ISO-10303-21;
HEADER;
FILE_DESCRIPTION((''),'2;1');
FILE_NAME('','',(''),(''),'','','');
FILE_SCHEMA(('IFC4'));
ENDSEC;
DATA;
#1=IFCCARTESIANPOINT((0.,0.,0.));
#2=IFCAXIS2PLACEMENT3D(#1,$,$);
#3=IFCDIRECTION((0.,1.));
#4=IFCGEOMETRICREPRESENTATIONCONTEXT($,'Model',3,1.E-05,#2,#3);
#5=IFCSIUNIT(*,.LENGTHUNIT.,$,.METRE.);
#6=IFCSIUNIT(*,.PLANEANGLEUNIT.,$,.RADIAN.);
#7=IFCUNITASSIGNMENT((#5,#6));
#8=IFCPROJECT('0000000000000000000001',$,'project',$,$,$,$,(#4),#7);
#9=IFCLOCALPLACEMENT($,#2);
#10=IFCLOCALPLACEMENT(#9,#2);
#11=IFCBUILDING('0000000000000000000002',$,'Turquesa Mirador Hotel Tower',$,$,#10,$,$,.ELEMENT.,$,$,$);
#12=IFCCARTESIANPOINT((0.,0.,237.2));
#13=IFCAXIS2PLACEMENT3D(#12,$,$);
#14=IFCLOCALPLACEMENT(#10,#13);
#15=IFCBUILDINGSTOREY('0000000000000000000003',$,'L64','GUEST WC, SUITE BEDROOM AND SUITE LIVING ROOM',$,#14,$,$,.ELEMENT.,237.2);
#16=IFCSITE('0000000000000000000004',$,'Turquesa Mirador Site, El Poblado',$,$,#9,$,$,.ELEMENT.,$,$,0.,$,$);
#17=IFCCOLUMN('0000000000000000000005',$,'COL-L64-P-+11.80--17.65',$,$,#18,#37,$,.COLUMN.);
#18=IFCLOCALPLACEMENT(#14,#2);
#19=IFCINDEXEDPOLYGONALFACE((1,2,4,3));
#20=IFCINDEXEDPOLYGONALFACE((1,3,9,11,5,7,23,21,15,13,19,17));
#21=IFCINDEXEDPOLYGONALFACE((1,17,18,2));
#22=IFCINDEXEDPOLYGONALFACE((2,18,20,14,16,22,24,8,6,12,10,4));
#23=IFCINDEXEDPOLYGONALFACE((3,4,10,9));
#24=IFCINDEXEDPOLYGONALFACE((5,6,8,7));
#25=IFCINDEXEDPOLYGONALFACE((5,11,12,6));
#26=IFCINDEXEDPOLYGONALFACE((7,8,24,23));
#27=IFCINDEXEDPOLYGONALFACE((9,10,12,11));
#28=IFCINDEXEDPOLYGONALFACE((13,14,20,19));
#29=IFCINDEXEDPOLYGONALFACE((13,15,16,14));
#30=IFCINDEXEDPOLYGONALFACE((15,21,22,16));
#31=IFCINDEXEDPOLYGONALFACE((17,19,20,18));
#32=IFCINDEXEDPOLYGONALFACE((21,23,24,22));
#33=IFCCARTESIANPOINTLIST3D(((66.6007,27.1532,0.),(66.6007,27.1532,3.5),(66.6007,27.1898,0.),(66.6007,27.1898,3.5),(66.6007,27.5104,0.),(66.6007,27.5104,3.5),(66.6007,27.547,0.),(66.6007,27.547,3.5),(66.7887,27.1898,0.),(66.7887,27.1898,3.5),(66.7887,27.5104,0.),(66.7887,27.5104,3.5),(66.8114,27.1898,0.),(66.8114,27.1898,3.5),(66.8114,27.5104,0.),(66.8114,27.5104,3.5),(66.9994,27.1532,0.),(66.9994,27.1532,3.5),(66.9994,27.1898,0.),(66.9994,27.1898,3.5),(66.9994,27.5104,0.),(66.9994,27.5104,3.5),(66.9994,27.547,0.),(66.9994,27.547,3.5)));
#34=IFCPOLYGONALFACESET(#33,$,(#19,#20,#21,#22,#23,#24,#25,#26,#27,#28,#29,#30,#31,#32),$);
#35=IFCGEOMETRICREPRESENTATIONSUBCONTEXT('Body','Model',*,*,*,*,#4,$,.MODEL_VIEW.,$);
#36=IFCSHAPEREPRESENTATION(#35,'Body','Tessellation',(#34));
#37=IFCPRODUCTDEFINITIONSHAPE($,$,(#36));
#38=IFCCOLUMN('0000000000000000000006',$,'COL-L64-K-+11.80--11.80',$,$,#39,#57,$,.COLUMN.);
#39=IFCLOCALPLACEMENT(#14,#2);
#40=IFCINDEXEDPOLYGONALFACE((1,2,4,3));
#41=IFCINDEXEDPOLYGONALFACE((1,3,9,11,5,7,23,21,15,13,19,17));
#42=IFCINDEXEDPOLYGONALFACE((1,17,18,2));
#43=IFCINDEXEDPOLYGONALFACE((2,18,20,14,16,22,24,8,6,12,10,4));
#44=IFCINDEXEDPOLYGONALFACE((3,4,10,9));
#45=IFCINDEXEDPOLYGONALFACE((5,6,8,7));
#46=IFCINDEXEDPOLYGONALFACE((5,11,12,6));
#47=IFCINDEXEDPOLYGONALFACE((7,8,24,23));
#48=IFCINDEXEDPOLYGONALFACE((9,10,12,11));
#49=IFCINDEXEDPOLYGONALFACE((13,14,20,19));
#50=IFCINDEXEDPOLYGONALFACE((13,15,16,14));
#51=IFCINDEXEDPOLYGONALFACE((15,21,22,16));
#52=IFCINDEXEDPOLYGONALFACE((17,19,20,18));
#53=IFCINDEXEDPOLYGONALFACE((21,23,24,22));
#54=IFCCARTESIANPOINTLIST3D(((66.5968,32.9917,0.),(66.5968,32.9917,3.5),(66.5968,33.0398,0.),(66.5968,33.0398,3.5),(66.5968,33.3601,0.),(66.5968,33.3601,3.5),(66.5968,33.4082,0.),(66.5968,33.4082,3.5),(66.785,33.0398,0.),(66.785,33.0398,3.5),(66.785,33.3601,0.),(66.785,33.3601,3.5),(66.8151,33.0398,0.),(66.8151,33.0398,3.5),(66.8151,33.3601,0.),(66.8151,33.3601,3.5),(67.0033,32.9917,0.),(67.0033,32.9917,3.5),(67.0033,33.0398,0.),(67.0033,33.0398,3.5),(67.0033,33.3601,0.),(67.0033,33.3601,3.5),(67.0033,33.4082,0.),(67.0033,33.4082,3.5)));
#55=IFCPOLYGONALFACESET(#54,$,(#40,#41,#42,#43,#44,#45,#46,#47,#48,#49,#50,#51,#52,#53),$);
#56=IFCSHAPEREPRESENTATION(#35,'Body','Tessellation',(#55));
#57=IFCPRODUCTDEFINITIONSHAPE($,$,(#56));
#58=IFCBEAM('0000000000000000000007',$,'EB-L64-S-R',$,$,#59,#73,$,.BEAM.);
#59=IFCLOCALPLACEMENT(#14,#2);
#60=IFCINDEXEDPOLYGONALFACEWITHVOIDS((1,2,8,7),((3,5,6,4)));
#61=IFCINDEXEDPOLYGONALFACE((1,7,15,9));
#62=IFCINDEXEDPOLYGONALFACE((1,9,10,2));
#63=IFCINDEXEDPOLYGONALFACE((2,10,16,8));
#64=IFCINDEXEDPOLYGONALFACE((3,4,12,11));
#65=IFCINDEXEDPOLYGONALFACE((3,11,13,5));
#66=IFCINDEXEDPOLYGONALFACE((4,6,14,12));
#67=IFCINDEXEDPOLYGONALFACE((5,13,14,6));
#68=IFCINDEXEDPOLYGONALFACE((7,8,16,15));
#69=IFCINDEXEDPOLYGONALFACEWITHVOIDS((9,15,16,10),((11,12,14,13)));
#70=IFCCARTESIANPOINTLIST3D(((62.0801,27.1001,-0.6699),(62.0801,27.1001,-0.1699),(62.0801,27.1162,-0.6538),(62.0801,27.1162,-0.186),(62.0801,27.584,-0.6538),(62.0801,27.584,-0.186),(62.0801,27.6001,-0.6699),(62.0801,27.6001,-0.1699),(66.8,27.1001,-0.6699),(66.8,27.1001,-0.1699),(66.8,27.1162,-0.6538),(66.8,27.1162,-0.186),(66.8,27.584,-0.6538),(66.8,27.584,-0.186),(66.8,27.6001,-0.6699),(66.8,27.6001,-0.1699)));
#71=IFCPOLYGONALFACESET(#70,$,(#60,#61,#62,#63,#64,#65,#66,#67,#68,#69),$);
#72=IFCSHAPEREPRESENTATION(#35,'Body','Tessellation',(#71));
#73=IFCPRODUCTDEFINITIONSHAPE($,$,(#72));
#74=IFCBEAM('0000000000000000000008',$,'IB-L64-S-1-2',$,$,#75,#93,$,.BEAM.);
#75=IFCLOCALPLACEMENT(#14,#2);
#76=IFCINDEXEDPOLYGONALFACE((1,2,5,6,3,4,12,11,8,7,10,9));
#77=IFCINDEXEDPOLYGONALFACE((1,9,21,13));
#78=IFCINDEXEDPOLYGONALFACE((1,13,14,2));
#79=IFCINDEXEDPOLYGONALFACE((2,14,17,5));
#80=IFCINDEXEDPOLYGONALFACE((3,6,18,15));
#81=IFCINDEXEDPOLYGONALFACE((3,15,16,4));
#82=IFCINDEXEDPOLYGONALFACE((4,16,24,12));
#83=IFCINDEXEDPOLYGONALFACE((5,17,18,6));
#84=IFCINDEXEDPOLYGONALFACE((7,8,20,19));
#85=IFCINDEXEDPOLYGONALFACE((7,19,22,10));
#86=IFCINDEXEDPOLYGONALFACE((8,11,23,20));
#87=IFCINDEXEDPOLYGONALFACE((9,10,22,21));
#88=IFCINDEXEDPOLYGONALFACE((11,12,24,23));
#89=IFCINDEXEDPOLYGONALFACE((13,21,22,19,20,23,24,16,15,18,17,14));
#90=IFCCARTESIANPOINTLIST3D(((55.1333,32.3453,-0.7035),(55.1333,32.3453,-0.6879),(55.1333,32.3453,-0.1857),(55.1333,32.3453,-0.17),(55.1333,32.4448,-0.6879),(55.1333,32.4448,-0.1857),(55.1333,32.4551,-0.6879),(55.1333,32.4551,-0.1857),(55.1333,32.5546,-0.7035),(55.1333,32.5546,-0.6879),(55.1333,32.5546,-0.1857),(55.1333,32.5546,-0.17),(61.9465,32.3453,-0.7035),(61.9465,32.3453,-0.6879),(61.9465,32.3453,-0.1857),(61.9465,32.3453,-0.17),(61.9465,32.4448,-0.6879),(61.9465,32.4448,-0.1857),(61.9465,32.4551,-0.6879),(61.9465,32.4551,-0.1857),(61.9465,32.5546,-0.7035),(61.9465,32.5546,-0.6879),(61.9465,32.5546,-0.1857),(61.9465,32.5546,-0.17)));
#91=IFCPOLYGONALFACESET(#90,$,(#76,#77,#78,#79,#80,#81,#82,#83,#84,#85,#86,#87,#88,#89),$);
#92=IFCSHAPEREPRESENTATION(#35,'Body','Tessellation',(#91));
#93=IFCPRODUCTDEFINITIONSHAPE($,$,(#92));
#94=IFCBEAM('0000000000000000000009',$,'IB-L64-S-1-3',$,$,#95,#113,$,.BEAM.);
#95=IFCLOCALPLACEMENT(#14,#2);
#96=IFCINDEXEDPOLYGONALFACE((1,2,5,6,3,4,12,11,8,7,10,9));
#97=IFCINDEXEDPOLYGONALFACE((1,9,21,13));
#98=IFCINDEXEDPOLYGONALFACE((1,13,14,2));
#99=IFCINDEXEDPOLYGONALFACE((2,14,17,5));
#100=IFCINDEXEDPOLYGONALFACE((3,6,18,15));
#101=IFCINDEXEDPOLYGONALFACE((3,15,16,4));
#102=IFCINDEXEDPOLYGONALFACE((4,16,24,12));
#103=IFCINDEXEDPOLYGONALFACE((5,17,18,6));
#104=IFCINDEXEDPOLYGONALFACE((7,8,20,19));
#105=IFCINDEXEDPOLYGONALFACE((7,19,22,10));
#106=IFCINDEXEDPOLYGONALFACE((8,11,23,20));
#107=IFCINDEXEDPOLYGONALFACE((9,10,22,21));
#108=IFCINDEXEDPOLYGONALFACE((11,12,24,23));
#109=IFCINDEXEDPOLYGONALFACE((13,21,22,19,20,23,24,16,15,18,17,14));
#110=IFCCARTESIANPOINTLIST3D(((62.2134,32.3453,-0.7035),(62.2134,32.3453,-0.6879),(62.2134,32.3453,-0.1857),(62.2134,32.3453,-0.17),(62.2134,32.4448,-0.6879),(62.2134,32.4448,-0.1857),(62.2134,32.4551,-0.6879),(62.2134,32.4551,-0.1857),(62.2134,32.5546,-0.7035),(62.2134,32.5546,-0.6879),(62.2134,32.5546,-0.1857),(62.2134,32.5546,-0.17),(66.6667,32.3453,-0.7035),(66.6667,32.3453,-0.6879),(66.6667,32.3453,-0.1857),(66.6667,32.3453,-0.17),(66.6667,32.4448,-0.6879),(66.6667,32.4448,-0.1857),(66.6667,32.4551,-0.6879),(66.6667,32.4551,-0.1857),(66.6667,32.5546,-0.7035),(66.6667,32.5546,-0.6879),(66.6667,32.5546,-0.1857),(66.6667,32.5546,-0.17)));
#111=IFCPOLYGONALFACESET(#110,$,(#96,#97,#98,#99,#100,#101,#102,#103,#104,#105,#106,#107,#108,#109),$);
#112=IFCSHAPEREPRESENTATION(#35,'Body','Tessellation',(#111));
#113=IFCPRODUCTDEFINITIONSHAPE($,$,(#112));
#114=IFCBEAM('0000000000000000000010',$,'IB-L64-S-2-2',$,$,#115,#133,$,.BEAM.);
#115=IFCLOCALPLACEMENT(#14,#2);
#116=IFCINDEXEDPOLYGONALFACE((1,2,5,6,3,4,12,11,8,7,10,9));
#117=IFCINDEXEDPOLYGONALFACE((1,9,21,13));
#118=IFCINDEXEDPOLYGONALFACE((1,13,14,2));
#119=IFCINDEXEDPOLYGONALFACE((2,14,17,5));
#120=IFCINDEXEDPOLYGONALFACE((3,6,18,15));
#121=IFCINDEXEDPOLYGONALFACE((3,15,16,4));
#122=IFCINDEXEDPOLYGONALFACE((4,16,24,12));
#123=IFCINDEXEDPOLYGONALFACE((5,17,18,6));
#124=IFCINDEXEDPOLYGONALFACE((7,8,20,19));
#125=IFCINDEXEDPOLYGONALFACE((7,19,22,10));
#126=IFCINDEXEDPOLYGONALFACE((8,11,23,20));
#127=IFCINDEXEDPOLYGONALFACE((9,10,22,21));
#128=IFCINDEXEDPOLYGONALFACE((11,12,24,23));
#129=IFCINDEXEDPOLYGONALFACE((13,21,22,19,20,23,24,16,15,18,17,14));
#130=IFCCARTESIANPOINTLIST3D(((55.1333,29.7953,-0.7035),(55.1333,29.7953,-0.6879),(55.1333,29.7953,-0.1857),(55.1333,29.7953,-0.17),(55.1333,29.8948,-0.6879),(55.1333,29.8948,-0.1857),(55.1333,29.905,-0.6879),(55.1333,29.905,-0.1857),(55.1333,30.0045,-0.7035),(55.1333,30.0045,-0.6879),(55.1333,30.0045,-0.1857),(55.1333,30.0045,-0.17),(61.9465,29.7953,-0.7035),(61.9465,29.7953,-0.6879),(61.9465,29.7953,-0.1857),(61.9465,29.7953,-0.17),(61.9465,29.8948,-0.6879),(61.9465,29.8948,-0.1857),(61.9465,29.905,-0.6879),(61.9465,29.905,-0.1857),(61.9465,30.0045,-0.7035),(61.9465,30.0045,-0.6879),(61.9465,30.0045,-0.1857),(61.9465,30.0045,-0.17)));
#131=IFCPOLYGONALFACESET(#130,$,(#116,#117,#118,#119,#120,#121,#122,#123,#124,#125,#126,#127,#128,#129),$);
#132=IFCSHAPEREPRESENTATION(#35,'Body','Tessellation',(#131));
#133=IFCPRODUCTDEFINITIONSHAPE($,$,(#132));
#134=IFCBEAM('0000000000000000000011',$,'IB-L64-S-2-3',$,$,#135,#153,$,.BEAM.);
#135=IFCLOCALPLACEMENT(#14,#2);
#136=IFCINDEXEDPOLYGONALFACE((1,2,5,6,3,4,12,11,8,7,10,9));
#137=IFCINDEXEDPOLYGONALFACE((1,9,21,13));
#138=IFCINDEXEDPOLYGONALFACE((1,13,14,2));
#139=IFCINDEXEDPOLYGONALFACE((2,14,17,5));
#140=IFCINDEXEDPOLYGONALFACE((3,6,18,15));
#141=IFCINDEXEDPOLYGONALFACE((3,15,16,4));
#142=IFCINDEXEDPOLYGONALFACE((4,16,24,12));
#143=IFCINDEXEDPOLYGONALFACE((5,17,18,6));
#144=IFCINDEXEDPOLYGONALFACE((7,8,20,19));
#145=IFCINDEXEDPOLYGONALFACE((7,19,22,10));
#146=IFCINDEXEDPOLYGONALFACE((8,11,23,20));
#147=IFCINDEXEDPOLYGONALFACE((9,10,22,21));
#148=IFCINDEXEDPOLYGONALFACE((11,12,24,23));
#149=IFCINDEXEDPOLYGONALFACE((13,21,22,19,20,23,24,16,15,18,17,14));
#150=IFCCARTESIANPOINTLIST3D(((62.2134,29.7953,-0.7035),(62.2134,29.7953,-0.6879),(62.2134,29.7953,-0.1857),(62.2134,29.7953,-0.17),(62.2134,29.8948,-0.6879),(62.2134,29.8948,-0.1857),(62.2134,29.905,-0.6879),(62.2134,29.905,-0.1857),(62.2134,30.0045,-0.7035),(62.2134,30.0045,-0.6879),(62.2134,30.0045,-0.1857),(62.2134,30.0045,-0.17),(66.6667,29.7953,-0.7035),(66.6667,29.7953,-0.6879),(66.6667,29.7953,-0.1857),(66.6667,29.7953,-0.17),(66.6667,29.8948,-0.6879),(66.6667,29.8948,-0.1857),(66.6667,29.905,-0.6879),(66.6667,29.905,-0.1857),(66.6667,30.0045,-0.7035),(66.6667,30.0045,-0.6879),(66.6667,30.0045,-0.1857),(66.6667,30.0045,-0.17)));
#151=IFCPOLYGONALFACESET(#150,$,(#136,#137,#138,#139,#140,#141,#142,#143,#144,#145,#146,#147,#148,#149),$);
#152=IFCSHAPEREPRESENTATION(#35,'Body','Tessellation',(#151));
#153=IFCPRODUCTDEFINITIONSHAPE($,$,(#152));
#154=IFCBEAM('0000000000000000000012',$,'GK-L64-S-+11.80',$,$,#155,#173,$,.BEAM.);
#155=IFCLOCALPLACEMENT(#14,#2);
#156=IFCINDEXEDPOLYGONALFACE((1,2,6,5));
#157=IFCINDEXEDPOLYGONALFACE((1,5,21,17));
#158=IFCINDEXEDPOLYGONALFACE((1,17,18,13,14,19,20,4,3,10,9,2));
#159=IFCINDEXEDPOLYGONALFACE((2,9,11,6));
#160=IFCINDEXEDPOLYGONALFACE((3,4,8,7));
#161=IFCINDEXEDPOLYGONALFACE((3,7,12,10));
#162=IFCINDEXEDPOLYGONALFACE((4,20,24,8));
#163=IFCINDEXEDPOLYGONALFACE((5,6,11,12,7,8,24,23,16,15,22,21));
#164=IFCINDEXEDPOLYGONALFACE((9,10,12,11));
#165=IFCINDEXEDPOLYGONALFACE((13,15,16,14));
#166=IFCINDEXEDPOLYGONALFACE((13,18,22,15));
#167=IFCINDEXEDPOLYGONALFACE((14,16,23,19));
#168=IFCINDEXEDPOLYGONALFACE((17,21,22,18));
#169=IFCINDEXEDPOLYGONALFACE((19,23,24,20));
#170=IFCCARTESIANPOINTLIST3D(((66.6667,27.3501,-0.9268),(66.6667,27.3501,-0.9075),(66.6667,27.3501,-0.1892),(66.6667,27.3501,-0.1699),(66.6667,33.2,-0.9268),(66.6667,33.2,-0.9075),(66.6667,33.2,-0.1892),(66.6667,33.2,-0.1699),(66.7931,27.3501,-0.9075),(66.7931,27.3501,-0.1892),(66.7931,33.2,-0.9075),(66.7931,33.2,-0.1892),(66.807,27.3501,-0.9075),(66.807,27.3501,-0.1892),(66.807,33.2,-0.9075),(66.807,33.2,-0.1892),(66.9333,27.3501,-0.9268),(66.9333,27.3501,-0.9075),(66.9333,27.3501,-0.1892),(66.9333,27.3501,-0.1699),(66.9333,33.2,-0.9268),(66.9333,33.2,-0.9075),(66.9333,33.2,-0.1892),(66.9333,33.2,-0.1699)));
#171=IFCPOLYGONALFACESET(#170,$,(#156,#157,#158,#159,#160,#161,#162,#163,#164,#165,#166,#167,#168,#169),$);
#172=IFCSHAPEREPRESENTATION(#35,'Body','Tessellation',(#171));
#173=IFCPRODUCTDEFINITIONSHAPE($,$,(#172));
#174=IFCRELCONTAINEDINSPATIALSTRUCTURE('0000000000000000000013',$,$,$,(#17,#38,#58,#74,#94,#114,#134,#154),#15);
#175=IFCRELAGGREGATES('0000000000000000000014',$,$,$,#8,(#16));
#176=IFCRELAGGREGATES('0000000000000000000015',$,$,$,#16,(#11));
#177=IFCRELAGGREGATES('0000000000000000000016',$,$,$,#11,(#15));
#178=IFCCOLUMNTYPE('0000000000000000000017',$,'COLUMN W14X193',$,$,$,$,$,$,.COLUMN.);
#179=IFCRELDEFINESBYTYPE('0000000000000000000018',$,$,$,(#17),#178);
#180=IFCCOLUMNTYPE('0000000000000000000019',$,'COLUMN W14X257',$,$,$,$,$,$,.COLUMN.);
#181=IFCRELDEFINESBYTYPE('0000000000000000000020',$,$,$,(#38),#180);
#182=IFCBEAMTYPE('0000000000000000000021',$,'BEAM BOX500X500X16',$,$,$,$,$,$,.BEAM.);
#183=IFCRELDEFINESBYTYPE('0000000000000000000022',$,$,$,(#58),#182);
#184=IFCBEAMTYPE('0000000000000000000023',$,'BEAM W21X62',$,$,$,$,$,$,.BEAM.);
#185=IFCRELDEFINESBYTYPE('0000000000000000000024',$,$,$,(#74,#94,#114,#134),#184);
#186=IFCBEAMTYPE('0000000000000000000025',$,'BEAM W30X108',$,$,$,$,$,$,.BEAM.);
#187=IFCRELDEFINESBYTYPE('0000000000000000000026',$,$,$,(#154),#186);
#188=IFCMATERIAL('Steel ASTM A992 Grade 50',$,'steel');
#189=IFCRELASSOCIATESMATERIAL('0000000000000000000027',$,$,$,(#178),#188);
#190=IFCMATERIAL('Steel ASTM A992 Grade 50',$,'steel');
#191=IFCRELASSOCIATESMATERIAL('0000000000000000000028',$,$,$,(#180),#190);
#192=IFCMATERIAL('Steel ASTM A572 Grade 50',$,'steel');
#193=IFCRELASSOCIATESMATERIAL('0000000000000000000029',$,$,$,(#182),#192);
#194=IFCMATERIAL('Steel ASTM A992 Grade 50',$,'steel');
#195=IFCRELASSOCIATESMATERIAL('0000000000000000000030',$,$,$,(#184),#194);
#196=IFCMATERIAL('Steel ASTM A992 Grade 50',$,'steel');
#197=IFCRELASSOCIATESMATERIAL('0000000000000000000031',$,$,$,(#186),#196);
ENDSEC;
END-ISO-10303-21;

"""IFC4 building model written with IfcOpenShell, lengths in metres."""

from ifc_helpers import new_model, si_unit, direction, frame, origin, origin_2d, place, context, subcontext, project, spatial, hollow_rectangle, i_section, extrude, material, material_profile, profile_set, type_object, element, save


model = new_model("IFC4")

# Units and contexts
model_context = context("Model", 3, precision=1e-05, world=origin(), true_north=direction((0.0, 1.0)))
body_context = subcontext(model_context, "Body", "Model", "MODEL_VIEW")
ifc_project = project(units=[si_unit("LENGTHUNIT", "METRE"), si_unit("PLANEANGLEUNIT", "RADIAN")], contexts=[model_context])

# Site, building, storey
site_placement = place(None, origin())
site = spatial("IfcSite", under=ifc_project, at=site_placement, Name="Turquesa Mirador Site, El Poblado", CompositionType="ELEMENT", RefElevation=0.0)
building_placement = place(site_placement, origin())
building = spatial("IfcBuilding", under=site, at=building_placement, Name="Turquesa Mirador Hotel Tower", CompositionType="ELEMENT")
storey_placement = place(building_placement, frame((0.0, 0.0, 237.2)))
storey = spatial("IfcBuildingStorey", under=building, at=storey_placement, Name="L64", Description="GUEST WC, SUITE BEDROOM AND SUITE LIVING ROOM", CompositionType="ELEMENT", Elevation=237.2)

# Columns
ifc_material_1 = material(Name="Steel ASTM A992 Grade 50", Category="steel")
ifc_material_profile_1 = material_profile(ifc_material_1, i_section(OverallWidth=0.3987, OverallDepth=0.3938, WebThickness=0.0227, FlangeThickness=0.0366, at=origin_2d()), Name="W14X193")
ifc_profile_set_1 = profile_set([ifc_material_profile_1], Name="Steel ASTM A992 Grade 50")
column_type_1 = type_object("IfcColumnType", Name="COLUMN W14X193", PredefinedType="COLUMN", material=ifc_profile_set_1)
column_1_placement = place(storey_placement, frame((66.8, 27.3501, 0.0), z_axis=(0.0, 0.0, 1.0), x_axis=(1.0, 0.0, 0.0)))
element("IfcColumn", 1, at=column_1_placement, inside=storey, type_object=column_type_1, Name="COL-L64-P-+11.80--17.65", PredefinedType="COLUMN", context=body_context, shape_type="SweptSolid", body=[
    extrude(i_section(OverallWidth=0.3987, OverallDepth=0.3938, WebThickness=0.0227, FlangeThickness=0.0366, at=origin_2d()), origin(), (0.0, 0.0, 1.0), 3.5),
])
ifc_material_2 = material(Name="Steel ASTM A992 Grade 50", Category="steel")
ifc_material_profile_2 = material_profile(ifc_material_2, i_section(OverallWidth=0.4065, OverallDepth=0.4165, WebThickness=0.03, FlangeThickness=0.0481, at=origin_2d()), Name="W14X257")
ifc_profile_set_2 = profile_set([ifc_material_profile_2], Name="Steel ASTM A992 Grade 50")
column_type_2 = type_object("IfcColumnType", Name="COLUMN W14X257", PredefinedType="COLUMN", material=ifc_profile_set_2)
column_2_placement = place(storey_placement, frame((66.8, 33.2, 0.0), z_axis=(0.0, 0.0, 1.0), x_axis=(1.0, 0.0, 0.0)))
element("IfcColumn", 2, at=column_2_placement, inside=storey, type_object=column_type_2, Name="COL-L64-K-+11.80--11.80", PredefinedType="COLUMN", context=body_context, shape_type="SweptSolid", body=[
    extrude(i_section(OverallWidth=0.4065, OverallDepth=0.4165, WebThickness=0.03, FlangeThickness=0.0481, at=origin_2d()), origin(), (0.0, 0.0, 1.0), 3.5),
])

# Beams
ifc_material_3 = material(Name="Steel ASTM A572 Grade 50", Category="steel")
ifc_material_profile_3 = material_profile(ifc_material_3, hollow_rectangle(XDim=0.5, YDim=0.5, WallThickness=0.0161, at=origin_2d()), Name="BOX500X500X16")
ifc_profile_set_3 = profile_set([ifc_material_profile_3], Name="Steel ASTM A572 Grade 50")
beam_type_1 = type_object("IfcBeamType", Name="BEAM BOX500X500X16", PredefinedType="BEAM", material=ifc_profile_set_3)
beam_1_placement = place(storey_placement, frame((62.0801, 27.3501, -0.4199), z_axis=(1.0, 0.0, 0.0), x_axis=(0.0, 1.0, 0.0)))
element("IfcBeam", 3, at=beam_1_placement, inside=storey, type_object=beam_type_1, Name="EB-L64-S-R", PredefinedType="BEAM", context=body_context, shape_type="SweptSolid", body=[
    extrude(hollow_rectangle(XDim=0.5, YDim=0.5, WallThickness=0.0161, at=origin_2d()), origin(), (0.0, 0.0, 1.0), 4.72),
])
ifc_material_4 = material(Name="Steel ASTM A992 Grade 50", Category="steel")
ifc_material_profile_4 = material_profile(ifc_material_4, i_section(OverallWidth=0.2092, OverallDepth=0.5334, WebThickness=0.0103, FlangeThickness=0.0156, at=origin_2d()), Name="W21X62")
ifc_profile_set_4 = profile_set([ifc_material_profile_4], Name="Steel ASTM A992 Grade 50")
beam_type_2 = type_object("IfcBeamType", Name="BEAM W21X62", PredefinedType="BEAM", material=ifc_profile_set_4)
beam_2_placement = place(storey_placement, frame((55.1333, 32.45, -0.4368), z_axis=(1.0, 0.0, 0.0), x_axis=(0.0, 1.0, 0.0)))
element("IfcBeam", 4, at=beam_2_placement, inside=storey, type_object=beam_type_2, Name="IB-L64-S-1-2", PredefinedType="BEAM", context=body_context, shape_type="SweptSolid", body=[
    extrude(i_section(OverallWidth=0.2092, OverallDepth=0.5334, WebThickness=0.0103, FlangeThickness=0.0156, at=origin_2d()), origin(), (0.0, 0.0, 1.0), 6.8132),
])
beam_3_placement = place(storey_placement, frame((62.2134, 32.45, -0.4368), z_axis=(1.0, 0.0, 0.0), x_axis=(0.0, 1.0, 0.0)))
element("IfcBeam", 5, at=beam_3_placement, inside=storey, type_object=beam_type_2, Name="IB-L64-S-1-3", PredefinedType="BEAM", context=body_context, shape_type="SweptSolid", body=[
    extrude(i_section(OverallWidth=0.2092, OverallDepth=0.5334, WebThickness=0.0103, FlangeThickness=0.0156, at=origin_2d()), origin(), (0.0, 0.0, 1.0), 4.4534),
])
beam_4_placement = place(storey_placement, frame((55.1333, 29.8999, -0.4368), z_axis=(1.0, 0.0, 0.0), x_axis=(0.0, 1.0, 0.0)))
element("IfcBeam", 6, at=beam_4_placement, inside=storey, type_object=beam_type_2, Name="IB-L64-S-2-2", PredefinedType="BEAM", context=body_context, shape_type="SweptSolid", body=[
    extrude(i_section(OverallWidth=0.2092, OverallDepth=0.5334, WebThickness=0.0103, FlangeThickness=0.0156, at=origin_2d()), origin(), (0.0, 0.0, 1.0), 6.8132),
])
beam_5_placement = place(storey_placement, frame((62.2134, 29.8999, -0.4368), z_axis=(1.0, 0.0, 0.0), x_axis=(0.0, 1.0, 0.0)))
element("IfcBeam", 7, at=beam_5_placement, inside=storey, type_object=beam_type_2, Name="IB-L64-S-2-3", PredefinedType="BEAM", context=body_context, shape_type="SweptSolid", body=[
    extrude(i_section(OverallWidth=0.2092, OverallDepth=0.5334, WebThickness=0.0103, FlangeThickness=0.0156, at=origin_2d()), origin(), (0.0, 0.0, 1.0), 4.4534),
])
ifc_material_5 = material(Name="Steel ASTM A992 Grade 50", Category="steel")
ifc_material_profile_5 = material_profile(ifc_material_5, i_section(OverallWidth=0.2666, OverallDepth=0.7568, WebThickness=0.0139, FlangeThickness=0.0193, at=origin_2d()), Name="W30X108")
ifc_profile_set_5 = profile_set([ifc_material_profile_5], Name="Steel ASTM A992 Grade 50")
beam_type_3 = type_object("IfcBeamType", Name="BEAM W30X108", PredefinedType="BEAM", material=ifc_profile_set_5)
beam_6_placement = place(storey_placement, frame((66.8, 27.3501, -0.5483), z_axis=(0.0, 1.0, 0.0), x_axis=(-1.0, 0.0, 0.0)))
element("IfcBeam", 8, at=beam_6_placement, inside=storey, type_object=beam_type_3, Name="GK-L64-S-+11.80", PredefinedType="BEAM", context=body_context, shape_type="SweptSolid", body=[
    extrude(i_section(OverallWidth=0.2666, OverallDepth=0.7568, WebThickness=0.0139, FlangeThickness=0.0193, at=origin_2d()), origin(), (0.0, 0.0, 1.0), 5.8499),
])

save(model, "model.ifc")
